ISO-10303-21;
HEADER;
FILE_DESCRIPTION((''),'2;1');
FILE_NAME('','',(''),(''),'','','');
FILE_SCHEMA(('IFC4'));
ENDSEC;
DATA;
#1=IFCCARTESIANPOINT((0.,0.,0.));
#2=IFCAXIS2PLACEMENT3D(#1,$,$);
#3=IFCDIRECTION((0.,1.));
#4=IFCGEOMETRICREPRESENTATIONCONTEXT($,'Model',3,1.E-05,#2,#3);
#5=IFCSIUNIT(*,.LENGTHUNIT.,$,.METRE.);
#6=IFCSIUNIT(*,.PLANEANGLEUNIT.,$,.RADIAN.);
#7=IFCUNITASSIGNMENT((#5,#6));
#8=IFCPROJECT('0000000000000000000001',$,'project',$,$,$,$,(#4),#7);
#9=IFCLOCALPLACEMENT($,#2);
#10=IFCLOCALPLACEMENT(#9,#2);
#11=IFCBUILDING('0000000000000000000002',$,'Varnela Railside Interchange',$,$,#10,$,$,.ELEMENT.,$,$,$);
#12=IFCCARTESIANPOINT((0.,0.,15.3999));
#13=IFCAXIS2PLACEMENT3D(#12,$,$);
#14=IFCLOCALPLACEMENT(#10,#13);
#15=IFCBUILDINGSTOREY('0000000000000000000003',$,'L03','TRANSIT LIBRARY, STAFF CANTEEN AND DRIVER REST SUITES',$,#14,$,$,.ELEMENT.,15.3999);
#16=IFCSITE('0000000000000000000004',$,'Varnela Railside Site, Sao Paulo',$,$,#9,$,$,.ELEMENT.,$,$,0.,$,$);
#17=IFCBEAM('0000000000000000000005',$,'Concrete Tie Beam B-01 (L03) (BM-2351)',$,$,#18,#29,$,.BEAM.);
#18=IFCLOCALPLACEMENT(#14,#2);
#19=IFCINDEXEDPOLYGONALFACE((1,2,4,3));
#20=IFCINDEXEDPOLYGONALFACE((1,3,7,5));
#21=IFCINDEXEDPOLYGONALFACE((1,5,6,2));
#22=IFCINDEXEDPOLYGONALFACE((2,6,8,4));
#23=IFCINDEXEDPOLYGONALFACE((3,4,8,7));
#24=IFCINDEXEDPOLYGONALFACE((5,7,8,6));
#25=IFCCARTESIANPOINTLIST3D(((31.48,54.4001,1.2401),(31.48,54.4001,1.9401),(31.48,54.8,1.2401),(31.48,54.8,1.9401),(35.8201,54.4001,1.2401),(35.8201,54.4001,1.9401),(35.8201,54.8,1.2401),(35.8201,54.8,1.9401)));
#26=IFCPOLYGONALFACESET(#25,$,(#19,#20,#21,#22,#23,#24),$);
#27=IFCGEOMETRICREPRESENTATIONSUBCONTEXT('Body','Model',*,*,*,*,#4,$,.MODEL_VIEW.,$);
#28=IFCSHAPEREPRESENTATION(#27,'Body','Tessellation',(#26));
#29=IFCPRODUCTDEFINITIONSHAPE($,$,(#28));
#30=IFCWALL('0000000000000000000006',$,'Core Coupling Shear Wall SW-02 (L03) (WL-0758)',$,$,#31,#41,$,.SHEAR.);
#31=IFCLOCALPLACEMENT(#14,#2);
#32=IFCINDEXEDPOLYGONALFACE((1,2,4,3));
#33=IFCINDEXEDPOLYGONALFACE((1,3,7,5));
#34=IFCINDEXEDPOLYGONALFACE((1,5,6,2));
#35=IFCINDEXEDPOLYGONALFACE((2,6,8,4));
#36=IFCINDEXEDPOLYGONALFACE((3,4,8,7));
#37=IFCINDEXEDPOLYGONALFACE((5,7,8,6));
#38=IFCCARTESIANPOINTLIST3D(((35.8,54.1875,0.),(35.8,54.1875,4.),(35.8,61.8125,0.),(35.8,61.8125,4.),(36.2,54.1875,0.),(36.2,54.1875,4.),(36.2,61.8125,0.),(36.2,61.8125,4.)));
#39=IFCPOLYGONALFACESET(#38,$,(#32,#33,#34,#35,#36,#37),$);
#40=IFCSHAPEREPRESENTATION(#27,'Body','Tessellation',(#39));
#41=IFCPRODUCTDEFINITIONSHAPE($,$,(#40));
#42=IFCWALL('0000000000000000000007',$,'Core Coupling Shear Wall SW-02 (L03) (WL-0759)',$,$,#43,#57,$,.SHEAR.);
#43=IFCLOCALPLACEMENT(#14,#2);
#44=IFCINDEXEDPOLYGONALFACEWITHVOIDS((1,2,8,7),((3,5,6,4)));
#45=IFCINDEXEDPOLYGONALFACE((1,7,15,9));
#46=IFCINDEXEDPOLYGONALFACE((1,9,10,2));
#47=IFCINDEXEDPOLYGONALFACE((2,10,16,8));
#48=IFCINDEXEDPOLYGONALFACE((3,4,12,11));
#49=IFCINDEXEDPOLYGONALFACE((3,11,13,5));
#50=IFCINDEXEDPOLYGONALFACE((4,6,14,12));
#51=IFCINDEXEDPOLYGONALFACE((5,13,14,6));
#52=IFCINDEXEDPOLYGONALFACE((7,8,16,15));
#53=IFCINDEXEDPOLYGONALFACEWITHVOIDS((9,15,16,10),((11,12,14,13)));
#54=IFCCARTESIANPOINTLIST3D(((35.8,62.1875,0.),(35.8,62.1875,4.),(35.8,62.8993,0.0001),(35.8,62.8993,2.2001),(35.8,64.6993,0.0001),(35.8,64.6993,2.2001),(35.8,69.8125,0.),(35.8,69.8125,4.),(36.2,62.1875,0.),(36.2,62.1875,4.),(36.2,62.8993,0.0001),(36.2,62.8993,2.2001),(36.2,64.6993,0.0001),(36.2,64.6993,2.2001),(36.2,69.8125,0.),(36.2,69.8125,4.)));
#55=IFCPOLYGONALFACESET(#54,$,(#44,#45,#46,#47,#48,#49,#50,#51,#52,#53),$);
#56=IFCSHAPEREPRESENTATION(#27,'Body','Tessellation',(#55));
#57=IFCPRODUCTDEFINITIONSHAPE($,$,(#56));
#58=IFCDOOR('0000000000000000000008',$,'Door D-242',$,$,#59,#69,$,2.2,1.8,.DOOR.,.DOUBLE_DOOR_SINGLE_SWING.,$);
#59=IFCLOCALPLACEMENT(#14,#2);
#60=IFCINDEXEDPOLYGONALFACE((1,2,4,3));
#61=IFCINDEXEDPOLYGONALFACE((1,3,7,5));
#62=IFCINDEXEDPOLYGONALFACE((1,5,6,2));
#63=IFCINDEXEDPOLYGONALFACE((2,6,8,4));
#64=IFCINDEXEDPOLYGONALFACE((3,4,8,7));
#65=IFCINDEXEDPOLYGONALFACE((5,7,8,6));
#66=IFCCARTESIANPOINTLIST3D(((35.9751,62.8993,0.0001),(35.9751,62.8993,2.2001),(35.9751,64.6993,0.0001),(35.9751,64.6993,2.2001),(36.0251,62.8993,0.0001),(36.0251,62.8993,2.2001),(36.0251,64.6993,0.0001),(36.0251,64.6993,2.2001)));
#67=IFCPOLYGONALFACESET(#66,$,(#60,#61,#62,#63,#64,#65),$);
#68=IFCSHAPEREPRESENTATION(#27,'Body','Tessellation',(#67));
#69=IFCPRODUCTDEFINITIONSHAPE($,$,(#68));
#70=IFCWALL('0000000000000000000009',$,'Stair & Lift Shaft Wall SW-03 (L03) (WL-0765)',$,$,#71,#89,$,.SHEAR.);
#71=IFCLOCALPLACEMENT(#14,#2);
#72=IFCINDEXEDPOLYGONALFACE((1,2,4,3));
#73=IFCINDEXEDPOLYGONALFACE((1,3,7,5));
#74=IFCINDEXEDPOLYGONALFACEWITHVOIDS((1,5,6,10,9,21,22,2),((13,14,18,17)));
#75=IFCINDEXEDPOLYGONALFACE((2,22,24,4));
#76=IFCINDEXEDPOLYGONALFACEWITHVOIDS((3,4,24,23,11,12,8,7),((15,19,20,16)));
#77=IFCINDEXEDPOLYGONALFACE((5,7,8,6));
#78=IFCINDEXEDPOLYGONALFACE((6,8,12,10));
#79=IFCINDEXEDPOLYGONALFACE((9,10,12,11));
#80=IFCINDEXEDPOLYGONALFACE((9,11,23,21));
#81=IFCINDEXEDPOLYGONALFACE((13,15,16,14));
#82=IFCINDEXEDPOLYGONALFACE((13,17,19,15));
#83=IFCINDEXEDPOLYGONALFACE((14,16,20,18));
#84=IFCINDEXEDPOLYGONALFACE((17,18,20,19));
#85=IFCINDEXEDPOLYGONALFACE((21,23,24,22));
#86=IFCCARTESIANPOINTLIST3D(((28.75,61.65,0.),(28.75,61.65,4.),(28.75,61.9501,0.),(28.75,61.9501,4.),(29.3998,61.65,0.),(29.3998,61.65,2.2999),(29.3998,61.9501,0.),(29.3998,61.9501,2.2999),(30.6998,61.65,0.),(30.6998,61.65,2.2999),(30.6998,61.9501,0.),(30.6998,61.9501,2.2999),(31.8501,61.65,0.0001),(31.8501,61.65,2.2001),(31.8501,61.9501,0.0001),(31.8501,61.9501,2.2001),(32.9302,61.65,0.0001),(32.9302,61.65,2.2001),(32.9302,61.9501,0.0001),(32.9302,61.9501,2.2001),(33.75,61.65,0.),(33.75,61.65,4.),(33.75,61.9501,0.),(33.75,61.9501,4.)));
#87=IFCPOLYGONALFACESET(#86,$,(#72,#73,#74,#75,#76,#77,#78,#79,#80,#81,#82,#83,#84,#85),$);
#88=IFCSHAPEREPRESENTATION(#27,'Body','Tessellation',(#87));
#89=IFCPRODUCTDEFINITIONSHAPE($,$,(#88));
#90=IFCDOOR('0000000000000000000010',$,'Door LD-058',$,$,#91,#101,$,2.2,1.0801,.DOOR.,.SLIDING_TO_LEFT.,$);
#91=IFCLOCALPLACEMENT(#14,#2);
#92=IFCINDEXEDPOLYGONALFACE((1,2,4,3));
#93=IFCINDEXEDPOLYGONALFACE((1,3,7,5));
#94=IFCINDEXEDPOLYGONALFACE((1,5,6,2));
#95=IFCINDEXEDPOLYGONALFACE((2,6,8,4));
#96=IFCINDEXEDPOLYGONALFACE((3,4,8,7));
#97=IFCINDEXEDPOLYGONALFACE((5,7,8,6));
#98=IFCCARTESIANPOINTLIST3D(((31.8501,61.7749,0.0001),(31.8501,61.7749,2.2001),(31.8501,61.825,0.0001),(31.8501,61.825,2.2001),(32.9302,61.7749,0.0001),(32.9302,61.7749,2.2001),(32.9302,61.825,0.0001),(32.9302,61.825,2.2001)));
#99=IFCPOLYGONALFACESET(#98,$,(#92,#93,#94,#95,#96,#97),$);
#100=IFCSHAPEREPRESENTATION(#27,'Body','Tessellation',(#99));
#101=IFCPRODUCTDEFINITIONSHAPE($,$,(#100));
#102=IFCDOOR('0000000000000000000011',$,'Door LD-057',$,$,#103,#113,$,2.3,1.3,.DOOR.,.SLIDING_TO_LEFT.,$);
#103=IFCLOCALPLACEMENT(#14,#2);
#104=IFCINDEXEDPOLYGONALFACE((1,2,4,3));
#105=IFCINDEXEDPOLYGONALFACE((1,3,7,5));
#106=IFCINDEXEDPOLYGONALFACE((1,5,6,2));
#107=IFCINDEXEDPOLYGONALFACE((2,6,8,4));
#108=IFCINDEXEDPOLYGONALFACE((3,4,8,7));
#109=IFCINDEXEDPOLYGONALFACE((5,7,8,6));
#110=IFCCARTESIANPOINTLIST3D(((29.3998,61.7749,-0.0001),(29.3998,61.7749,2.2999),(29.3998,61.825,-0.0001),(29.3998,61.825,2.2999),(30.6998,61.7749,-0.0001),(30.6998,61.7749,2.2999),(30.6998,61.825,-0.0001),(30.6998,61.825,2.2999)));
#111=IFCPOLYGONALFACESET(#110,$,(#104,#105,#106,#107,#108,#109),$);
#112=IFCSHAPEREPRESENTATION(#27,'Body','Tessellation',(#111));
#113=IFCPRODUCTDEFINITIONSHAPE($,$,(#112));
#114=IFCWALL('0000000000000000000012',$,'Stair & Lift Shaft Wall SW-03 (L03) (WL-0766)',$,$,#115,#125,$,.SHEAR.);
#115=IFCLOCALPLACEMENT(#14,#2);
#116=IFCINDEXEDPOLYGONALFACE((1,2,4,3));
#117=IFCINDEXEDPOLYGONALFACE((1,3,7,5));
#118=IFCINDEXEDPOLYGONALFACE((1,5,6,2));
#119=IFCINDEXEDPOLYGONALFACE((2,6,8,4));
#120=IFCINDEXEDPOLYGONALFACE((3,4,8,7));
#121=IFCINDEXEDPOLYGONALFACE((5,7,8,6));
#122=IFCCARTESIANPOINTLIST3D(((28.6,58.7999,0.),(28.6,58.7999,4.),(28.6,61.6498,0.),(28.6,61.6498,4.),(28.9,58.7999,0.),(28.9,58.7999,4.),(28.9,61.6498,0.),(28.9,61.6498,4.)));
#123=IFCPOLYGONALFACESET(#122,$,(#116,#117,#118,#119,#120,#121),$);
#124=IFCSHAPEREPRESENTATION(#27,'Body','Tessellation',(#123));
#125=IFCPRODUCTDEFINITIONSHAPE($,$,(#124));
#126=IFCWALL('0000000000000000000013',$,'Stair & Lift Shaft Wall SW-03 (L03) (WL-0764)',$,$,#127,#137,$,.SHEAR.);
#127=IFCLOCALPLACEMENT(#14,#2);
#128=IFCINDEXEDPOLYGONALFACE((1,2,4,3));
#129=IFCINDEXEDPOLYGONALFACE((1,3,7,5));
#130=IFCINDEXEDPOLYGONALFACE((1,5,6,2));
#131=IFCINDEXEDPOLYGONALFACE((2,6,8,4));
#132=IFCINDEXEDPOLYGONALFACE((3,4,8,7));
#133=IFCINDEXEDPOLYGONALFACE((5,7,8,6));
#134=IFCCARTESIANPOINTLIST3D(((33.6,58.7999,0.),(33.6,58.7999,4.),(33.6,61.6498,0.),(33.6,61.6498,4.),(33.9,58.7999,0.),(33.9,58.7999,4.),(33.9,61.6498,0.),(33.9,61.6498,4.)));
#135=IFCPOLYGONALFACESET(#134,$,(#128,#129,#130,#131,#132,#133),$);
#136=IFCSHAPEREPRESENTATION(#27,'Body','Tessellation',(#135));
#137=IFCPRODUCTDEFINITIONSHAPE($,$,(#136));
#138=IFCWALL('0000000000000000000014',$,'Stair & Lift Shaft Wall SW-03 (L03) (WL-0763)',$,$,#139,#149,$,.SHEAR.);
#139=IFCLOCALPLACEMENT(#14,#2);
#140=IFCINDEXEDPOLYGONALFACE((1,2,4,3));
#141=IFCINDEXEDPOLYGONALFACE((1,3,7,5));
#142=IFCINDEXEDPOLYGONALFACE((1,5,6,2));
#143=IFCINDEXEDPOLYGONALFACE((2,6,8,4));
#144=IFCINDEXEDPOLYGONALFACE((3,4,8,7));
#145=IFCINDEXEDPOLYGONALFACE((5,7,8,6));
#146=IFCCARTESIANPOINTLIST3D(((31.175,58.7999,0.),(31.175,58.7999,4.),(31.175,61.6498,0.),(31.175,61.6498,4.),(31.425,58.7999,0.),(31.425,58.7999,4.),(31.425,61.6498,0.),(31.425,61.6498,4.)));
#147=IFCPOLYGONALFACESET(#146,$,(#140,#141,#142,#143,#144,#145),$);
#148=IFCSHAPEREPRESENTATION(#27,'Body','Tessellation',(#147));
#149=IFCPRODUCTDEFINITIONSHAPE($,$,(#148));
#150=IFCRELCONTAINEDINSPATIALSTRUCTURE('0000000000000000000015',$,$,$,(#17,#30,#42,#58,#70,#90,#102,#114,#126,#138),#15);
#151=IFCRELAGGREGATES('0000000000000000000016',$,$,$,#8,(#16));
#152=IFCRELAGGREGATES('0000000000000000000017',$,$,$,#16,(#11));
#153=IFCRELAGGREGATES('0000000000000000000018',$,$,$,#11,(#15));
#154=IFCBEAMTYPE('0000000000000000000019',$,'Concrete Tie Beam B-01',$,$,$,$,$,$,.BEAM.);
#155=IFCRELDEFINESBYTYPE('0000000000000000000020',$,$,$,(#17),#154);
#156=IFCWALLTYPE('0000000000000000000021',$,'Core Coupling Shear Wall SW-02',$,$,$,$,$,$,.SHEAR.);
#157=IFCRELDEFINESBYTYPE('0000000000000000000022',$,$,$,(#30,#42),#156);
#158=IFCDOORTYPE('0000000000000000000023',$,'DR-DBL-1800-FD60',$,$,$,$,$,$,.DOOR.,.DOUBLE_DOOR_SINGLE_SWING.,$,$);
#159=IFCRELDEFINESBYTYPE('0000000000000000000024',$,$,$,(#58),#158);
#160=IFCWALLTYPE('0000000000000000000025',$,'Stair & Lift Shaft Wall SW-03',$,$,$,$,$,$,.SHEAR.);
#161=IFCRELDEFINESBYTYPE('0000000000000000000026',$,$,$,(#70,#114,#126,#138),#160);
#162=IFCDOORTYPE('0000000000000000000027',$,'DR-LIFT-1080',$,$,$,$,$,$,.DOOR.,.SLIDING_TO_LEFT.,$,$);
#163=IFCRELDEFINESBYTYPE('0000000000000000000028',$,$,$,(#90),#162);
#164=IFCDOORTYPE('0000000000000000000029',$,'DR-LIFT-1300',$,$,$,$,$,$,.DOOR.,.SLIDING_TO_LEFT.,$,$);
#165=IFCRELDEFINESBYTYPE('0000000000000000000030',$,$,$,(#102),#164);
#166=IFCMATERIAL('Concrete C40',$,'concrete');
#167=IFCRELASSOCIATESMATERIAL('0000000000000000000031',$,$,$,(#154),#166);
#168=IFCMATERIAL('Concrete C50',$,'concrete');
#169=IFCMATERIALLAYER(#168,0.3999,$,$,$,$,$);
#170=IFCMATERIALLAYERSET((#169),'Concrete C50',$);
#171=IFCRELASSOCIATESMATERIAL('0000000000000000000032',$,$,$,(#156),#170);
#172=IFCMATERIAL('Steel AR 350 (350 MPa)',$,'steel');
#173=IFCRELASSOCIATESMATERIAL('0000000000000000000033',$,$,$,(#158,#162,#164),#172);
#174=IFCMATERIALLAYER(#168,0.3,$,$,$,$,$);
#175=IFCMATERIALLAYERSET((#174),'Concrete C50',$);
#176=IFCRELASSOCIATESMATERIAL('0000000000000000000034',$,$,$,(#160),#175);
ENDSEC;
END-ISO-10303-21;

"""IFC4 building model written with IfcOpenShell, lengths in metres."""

from ifc_helpers import new_model, si_unit, direction, frame, frame_2d, origin, origin_2d, place, context, subcontext, project, spatial, rectangle, extrude, material, layer, layer_set, material_profile, profile_set, type_object, element, fill, save


model = new_model("IFC4")

# Units and contexts
model_context = context("Model", 3, precision=1e-05, world=origin(), true_north=direction((0.0, 1.0)))
body_context = subcontext(model_context, "Body", "Model", "MODEL_VIEW")
ifc_project = project(units=[si_unit("LENGTHUNIT", "METRE"), si_unit("PLANEANGLEUNIT", "RADIAN")], contexts=[model_context])

# Site, building, storey
site_placement = place(None, origin())
site = spatial("IfcSite", under=ifc_project, at=site_placement, Name="Varnela Railside Site, Sao Paulo", CompositionType="ELEMENT", RefElevation=0.0)
building_placement = place(site_placement, origin())
building = spatial("IfcBuilding", under=site, at=building_placement, Name="Varnela Railside Interchange", CompositionType="ELEMENT")
storey_placement = place(building_placement, frame((0.0, 0.0, 15.3999)))
storey = spatial("IfcBuildingStorey", under=building, at=storey_placement, Name="L03", Description="TRANSIT LIBRARY, STAFF CANTEEN AND DRIVER REST SUITES", CompositionType="ELEMENT", Elevation=15.3999)

# Shared definitions
ifc_material_1 = material(Name="Steel AR 350 (350 MPa)", Category="steel")

# Beam
ifc_material_2 = material(Name="Concrete C40", Category="concrete")
ifc_material_profile_1 = material_profile(ifc_material_2, rectangle(XDim=0.3999, YDim=0.7, at=origin_2d()), Name="RC 400x700")
ifc_profile_set_1 = profile_set([ifc_material_profile_1], Name="Concrete C40")
beam_type_1 = type_object("IfcBeamType", Name="Concrete Tie Beam B-01", PredefinedType="BEAM", material=ifc_profile_set_1)
beam_1_placement = place(storey_placement, frame((31.48, 54.6001, 1.5901), z_axis=(1.0, 0.0, 0.0), x_axis=(0.0, 1.0, 0.0)))
element("IfcBeam", 1, at=beam_1_placement, inside=storey, type_object=beam_type_1, Name="Concrete Tie Beam B-01 (L03) (BM-2351)", PredefinedType="BEAM", context=body_context, shape_type="SweptSolid", body=[
    extrude(rectangle(XDim=0.3999, YDim=0.7, at=origin_2d()), origin(), (0.0, 0.0, 1.0), 4.3401),
])

# Wall
ifc_material_3 = material(Name="Concrete C50", Category="concrete")
ifc_layer_1 = layer(ifc_material_3, 0.3999)
ifc_layer_set_1 = layer_set([ifc_layer_1], Name="Concrete C50")
wall_type_1 = type_object("IfcWallType", Name="Core Coupling Shear Wall SW-02", PredefinedType="SHEAR", material=ifc_layer_set_1)
wall_1_placement = place(storey_placement, frame((36.0, 54.1875, 0.0), z_axis=(0.0, 0.0, 1.0), x_axis=(0.0, 1.0, 0.0)))
element("IfcWall", 2, at=wall_1_placement, inside=storey, type_object=wall_type_1, Name="Core Coupling Shear Wall SW-02 (L03) (WL-0758)", PredefinedType="SHEAR", context=body_context, shape_type="SweptSolid", body=[
    extrude(rectangle(XDim=7.625, YDim=0.3999, at=frame_2d((3.8125, 0.0))), origin(), (0.0, 0.0, 1.0), 4.0),
])

# Wall, opening, door
wall_2_placement = place(storey_placement, frame((36.0, 62.1875, 0.0), z_axis=(0.0, 0.0, 1.0), x_axis=(0.0, 1.0, 0.0)))
wall_2 = element("IfcWall", 3, at=wall_2_placement, inside=storey, type_object=wall_type_1, Name="Core Coupling Shear Wall SW-02 (L03) (WL-0759)", PredefinedType="SHEAR", context=body_context, shape_type="SweptSolid", body=[
    extrude(rectangle(XDim=7.625, YDim=0.3999, at=frame_2d((3.8125, 0.0))), origin(), (0.0, 0.0, 1.0), 4.0),
])
opening_1_placement = place(wall_2_placement, frame((0.7119, 0.0, 0.0)))
opening_1 = element("IfcOpeningElement", 4, at=opening_1_placement, cuts=wall_2, PredefinedType="OPENING", context=body_context, shape_type="SweptSolid", body=[
    extrude(rectangle(XDim=1.8, YDim=2.2, at=frame_2d((0.8999, 1.1001))), frame((0.0, 0.21, 0.0), z_axis=(0.0, -1.0, 0.0), x_axis=(1.0, 0.0, 0.0)), (0.0, 0.0, 1.0), 0.4199),
])
door_type_1 = type_object("IfcDoorType", Name="DR-DBL-1800-FD60", OperationType="DOUBLE_DOOR_SINGLE_SWING", PredefinedType="DOOR", material=ifc_material_1)
door_1_placement = place(opening_1_placement, origin())
door_1 = element("IfcDoor", 5, at=door_1_placement, inside=storey, type_object=door_type_1, Name="Door D-242", OperationType="DOUBLE_DOOR_SINGLE_SWING", OverallHeight=2.2, OverallWidth=1.8, PredefinedType="DOOR", context=body_context, shape_type="SweptSolid", body=[
    extrude(rectangle(XDim=1.8, YDim=2.2, at=frame_2d((0.8999, 1.1001))), frame((0.0, 0.0249, 0.0), z_axis=(0.0, -1.0, 0.0), x_axis=(1.0, 0.0, 0.0)), (0.0, 0.0, 1.0), 0.05),
])
fill(opening_1, door_1)

# Wall, openings, doors
ifc_layer_2 = layer(ifc_material_3, 0.3)
ifc_layer_set_2 = layer_set([ifc_layer_2], Name="Concrete C50")
wall_type_2 = type_object("IfcWallType", Name="Stair & Lift Shaft Wall SW-03", PredefinedType="SHEAR", material=ifc_layer_set_2)
wall_3_placement = place(storey_placement, frame((28.75, 61.8, 0.0), z_axis=(0.0, 0.0, 1.0), x_axis=(1.0, 0.0, 0.0)))
wall_3 = element("IfcWall", 6, at=wall_3_placement, inside=storey, type_object=wall_type_2, Name="Stair & Lift Shaft Wall SW-03 (L03) (WL-0765)", PredefinedType="SHEAR", context=body_context, shape_type="SweptSolid", body=[
    extrude(rectangle(XDim=5.0, YDim=0.3, at=frame_2d((2.5, 0.0))), origin(), (0.0, 0.0, 1.0), 4.0),
])
opening_2_placement = place(wall_3_placement, frame((0.6499, 0.0, 0.0)))
opening_2 = element("IfcOpeningElement", 7, at=opening_2_placement, cuts=wall_3, PredefinedType="OPENING", context=body_context, shape_type="SweptSolid", body=[
    extrude(rectangle(XDim=1.3, YDim=2.3, at=frame_2d((0.6499, 1.1499))), frame((0.0, 0.1599, 0.0), z_axis=(0.0, -1.0, 0.0), x_axis=(1.0, 0.0, 0.0)), (0.0, 0.0, 1.0), 0.3201),
])
opening_3_placement = place(wall_3_placement, frame((3.1001, 0.0, 0.0)))
opening_3 = element("IfcOpeningElement", 8, at=opening_3_placement, cuts=wall_3, PredefinedType="OPENING", context=body_context, shape_type="SweptSolid", body=[
    extrude(rectangle(XDim=1.0801, YDim=2.2, at=frame_2d((0.54, 1.1001))), frame((0.0, 0.1599, 0.0), z_axis=(0.0, -1.0, 0.0), x_axis=(1.0, 0.0, 0.0)), (0.0, 0.0, 1.0), 0.3201),
])
door_type_2 = type_object("IfcDoorType", Name="DR-LIFT-1080", OperationType="SLIDING_TO_LEFT", PredefinedType="DOOR", material=ifc_material_1)
door_2_placement = place(opening_3_placement, origin())
door_2 = element("IfcDoor", 9, at=door_2_placement, inside=storey, type_object=door_type_2, Name="Door LD-058", OperationType="SLIDING_TO_LEFT", OverallHeight=2.2, OverallWidth=1.0801, PredefinedType="DOOR", context=body_context, shape_type="SweptSolid", body=[
    extrude(rectangle(XDim=1.0801, YDim=2.2, at=frame_2d((0.54, 1.1001))), frame((0.0, 0.0249, 0.0), z_axis=(0.0, -1.0, 0.0), x_axis=(1.0, 0.0, 0.0)), (0.0, 0.0, 1.0), 0.05),
])
fill(opening_3, door_2)
door_type_3 = type_object("IfcDoorType", Name="DR-LIFT-1300", OperationType="SLIDING_TO_LEFT", PredefinedType="DOOR", material=ifc_material_1)
door_3_placement = place(opening_2_placement, origin())
door_3 = element("IfcDoor", 10, at=door_3_placement, inside=storey, type_object=door_type_3, Name="Door LD-057", OperationType="SLIDING_TO_LEFT", OverallHeight=2.3, OverallWidth=1.3, PredefinedType="DOOR", context=body_context, shape_type="SweptSolid", body=[
    extrude(rectangle(XDim=1.3, YDim=2.3, at=frame_2d((0.6499, 1.1499))), frame((0.0, 0.0249, 0.0), z_axis=(0.0, -1.0, 0.0), x_axis=(1.0, 0.0, 0.0)), (0.0, 0.0, 1.0), 0.05),
])
fill(opening_2, door_3)

# Walls
for number, where, z_axis, x_axis, name in (
    (11, (28.75, 58.8, 0.0), (0.0, 0.0, 1.0), (0.0, 1.0, 0.0), "Stair & Lift Shaft Wall SW-03 (L03) (WL-0766)"),
    (12, (33.75, 58.8, 0.0), (0.0, 0.0, 1.0), (0.0, 1.0, 0.0), "Stair & Lift Shaft Wall SW-03 (L03) (WL-0764)"),
):
    element("IfcWall", number, at=place(storey_placement, frame(where, z_axis=z_axis, x_axis=x_axis)), inside=storey, type_object=wall_type_2, Name=name, PredefinedType="SHEAR", context=body_context, shape_type="SweptSolid", body=[
        extrude(rectangle(XDim=2.8499, YDim=0.3, at=frame_2d((1.4248, 0.0))), origin(), (0.0, 0.0, 1.0), 4.0),
    ])
wall_4_placement = place(storey_placement, frame((31.3, 58.8, 0.0), z_axis=(0.0, 0.0, 1.0), x_axis=(0.0, 1.0, 0.0)))
element("IfcWall", 13, at=wall_4_placement, inside=storey, type_object=wall_type_2, Name="Stair & Lift Shaft Wall SW-03 (L03) (WL-0763)", PredefinedType="SHEAR", context=body_context, shape_type="SweptSolid", body=[
    extrude(rectangle(XDim=2.8499, YDim=0.25, at=frame_2d((1.4248, 0.0))), origin(), (0.0, 0.0, 1.0), 4.0),
])

save(model, "model.ifc")
